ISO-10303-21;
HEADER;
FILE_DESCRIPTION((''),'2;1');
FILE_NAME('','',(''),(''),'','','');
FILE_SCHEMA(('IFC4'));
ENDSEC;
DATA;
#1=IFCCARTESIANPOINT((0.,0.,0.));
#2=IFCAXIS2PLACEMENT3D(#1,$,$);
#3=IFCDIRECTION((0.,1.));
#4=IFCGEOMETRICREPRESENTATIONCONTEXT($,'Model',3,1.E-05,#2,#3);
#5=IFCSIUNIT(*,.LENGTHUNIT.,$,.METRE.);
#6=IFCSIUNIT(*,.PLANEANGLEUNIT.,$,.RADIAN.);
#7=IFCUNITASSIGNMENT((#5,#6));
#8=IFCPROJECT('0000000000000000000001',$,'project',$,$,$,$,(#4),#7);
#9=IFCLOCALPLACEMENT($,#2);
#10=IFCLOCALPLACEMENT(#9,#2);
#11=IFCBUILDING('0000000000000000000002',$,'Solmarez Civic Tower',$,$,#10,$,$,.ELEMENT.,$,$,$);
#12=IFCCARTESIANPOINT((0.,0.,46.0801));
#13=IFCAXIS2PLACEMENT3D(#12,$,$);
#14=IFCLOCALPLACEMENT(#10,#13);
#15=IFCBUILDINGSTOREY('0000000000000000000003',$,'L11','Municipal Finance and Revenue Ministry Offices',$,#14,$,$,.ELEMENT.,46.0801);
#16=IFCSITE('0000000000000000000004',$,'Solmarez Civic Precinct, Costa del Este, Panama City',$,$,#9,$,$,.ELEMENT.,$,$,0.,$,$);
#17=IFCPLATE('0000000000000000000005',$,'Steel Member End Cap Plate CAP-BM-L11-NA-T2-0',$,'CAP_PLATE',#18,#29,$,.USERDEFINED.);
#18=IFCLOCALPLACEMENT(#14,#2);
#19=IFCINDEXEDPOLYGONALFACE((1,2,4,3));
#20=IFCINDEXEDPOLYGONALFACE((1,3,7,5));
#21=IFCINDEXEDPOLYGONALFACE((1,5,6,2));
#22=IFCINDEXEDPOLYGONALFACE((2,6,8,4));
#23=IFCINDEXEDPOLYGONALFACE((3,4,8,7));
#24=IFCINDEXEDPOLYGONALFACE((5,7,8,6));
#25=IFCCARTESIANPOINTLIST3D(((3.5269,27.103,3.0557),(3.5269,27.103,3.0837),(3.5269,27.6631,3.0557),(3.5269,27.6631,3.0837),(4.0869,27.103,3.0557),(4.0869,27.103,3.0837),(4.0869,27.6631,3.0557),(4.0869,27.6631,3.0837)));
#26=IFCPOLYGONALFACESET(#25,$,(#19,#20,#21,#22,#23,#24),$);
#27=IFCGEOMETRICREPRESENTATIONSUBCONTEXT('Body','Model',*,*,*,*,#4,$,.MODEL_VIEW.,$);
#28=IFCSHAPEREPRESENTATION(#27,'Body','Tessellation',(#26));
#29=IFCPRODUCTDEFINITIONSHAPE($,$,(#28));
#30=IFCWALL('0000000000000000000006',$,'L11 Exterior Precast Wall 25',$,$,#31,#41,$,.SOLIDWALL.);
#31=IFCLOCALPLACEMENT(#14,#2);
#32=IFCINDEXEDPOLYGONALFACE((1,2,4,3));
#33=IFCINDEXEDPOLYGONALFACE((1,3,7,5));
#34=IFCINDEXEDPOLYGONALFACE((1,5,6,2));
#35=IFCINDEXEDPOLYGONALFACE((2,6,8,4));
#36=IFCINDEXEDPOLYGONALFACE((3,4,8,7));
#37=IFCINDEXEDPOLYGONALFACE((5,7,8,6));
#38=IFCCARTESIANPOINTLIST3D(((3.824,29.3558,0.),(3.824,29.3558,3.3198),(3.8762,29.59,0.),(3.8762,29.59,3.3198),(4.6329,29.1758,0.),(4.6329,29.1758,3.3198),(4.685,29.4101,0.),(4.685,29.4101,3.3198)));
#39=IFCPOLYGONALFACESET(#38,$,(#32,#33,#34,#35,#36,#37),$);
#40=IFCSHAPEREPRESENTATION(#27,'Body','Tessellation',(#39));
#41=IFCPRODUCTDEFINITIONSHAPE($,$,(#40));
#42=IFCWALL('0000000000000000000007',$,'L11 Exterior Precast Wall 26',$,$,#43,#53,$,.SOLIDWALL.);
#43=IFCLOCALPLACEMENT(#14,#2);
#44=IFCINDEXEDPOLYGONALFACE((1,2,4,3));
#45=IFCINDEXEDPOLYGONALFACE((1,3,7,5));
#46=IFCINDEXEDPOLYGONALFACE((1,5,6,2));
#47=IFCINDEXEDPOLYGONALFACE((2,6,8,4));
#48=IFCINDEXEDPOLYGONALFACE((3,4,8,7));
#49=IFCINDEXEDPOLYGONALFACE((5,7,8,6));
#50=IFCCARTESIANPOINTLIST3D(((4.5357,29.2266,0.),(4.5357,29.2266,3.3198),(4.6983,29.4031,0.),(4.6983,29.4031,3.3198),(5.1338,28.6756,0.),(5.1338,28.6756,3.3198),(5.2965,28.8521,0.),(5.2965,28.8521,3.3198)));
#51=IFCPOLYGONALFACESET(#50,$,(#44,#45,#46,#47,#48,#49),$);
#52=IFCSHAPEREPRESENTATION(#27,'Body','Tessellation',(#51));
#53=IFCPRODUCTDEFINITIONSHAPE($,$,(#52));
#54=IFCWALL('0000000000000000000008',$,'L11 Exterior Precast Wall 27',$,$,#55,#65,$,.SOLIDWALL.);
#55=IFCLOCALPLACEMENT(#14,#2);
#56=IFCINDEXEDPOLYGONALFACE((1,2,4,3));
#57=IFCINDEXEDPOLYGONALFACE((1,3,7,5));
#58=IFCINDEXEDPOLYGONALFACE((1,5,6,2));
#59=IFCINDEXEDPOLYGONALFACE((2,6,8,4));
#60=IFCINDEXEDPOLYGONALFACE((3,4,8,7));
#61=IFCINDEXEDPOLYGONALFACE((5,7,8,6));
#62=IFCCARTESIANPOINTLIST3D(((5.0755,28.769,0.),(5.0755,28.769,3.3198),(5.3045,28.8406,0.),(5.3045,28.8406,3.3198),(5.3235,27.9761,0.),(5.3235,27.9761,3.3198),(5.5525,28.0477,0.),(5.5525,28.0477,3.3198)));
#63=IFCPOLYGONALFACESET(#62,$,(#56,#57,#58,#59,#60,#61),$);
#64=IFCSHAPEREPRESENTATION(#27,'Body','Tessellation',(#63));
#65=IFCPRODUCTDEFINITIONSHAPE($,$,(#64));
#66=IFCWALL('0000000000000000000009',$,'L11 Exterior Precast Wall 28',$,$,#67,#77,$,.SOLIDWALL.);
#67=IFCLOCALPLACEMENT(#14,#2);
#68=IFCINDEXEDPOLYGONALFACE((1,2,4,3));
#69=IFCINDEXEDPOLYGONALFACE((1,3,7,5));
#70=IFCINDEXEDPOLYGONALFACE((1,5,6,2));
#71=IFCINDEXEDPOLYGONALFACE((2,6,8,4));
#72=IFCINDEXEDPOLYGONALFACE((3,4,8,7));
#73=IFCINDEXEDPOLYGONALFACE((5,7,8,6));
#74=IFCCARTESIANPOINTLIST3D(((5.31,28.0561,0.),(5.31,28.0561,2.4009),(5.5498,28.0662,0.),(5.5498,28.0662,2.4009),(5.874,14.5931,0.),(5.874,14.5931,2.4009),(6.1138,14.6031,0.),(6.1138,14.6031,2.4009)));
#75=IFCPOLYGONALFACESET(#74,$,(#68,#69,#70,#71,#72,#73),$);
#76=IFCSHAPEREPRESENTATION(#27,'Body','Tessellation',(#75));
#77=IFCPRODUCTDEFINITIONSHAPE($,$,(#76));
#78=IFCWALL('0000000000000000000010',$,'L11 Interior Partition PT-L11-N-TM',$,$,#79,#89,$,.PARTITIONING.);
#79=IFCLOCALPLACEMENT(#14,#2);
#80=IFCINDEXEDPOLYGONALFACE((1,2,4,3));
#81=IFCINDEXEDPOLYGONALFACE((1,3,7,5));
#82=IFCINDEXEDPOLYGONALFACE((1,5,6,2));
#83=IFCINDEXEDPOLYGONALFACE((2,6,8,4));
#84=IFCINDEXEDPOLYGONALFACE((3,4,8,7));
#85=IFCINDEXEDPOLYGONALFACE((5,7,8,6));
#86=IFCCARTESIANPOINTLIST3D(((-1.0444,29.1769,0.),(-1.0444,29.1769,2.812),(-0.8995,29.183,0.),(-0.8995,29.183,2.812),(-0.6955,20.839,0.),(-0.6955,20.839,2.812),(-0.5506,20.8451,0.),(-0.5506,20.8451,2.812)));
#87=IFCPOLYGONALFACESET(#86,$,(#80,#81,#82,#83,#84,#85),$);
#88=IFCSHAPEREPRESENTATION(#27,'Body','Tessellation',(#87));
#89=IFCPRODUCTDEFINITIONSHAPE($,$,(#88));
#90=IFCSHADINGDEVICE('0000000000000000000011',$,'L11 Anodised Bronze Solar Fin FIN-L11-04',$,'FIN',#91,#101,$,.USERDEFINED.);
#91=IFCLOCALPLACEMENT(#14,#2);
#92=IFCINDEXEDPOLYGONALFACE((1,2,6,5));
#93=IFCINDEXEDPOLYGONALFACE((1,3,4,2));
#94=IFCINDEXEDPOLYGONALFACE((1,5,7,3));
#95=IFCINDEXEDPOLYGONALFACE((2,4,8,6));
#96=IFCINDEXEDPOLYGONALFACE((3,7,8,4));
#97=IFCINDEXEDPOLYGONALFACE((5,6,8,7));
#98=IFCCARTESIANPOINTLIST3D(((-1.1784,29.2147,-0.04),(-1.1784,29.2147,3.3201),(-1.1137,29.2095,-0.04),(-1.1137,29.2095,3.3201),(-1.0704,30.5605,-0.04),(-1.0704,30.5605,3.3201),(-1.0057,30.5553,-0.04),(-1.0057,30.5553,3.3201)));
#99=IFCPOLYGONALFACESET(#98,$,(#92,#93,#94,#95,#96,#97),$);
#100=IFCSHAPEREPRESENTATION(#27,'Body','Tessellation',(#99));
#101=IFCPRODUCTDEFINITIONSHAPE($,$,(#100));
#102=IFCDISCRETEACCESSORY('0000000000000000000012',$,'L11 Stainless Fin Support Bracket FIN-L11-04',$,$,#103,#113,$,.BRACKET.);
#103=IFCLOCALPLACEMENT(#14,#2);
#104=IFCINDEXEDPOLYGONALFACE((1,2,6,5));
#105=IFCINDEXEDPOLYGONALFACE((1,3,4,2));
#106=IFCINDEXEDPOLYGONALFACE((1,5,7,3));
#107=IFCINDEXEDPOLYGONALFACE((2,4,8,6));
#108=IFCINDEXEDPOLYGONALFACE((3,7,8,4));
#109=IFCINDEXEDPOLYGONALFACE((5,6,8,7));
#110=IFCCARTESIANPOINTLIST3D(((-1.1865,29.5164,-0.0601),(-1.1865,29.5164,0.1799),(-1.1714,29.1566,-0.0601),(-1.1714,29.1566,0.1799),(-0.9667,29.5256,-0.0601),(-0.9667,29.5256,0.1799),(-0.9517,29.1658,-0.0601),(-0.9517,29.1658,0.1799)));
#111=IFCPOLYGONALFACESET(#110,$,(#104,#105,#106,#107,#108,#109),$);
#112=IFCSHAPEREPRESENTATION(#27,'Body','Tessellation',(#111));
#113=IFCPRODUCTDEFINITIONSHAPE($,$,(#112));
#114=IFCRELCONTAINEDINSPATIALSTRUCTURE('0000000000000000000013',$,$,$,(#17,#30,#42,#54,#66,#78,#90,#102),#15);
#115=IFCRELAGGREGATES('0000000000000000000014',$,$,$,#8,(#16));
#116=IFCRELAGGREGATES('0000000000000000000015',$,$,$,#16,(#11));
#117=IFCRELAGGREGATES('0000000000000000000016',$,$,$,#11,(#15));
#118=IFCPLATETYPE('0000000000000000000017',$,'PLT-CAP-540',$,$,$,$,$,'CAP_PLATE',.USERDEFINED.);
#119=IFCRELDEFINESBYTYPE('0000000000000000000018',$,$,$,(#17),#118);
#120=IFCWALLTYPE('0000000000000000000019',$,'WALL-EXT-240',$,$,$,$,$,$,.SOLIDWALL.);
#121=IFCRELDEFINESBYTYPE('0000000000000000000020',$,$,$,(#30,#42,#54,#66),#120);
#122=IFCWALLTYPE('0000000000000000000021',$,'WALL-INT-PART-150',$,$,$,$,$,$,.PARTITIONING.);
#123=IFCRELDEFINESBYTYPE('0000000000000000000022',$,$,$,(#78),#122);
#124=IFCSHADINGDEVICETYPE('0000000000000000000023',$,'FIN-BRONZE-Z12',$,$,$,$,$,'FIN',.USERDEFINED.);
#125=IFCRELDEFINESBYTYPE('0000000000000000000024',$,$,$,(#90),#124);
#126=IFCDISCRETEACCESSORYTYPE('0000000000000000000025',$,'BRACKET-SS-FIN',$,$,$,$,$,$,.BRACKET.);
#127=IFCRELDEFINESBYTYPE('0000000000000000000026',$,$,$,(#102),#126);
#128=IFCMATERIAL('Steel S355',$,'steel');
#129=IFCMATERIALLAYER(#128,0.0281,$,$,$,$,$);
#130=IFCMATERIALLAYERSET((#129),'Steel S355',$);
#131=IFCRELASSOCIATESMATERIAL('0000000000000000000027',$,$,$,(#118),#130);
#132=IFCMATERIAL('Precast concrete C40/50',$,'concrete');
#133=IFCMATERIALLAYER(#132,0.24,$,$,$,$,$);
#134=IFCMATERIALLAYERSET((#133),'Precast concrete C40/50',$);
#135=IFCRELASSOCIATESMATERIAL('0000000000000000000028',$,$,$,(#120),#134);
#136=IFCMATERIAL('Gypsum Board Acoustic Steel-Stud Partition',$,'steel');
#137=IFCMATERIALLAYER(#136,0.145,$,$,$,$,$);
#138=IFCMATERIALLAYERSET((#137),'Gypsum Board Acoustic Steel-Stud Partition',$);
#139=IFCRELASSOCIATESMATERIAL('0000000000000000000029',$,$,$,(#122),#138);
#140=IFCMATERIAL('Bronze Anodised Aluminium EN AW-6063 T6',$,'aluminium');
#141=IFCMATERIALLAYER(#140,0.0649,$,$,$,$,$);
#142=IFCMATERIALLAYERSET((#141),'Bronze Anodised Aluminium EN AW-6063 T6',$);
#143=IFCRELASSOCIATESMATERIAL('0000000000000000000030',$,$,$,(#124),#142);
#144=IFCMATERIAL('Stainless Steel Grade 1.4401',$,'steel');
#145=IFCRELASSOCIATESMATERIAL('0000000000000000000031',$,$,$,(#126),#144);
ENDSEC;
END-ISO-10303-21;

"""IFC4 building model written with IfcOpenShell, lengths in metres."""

from ifc_helpers import new_model, si_unit, direction, frame, frame_2d, origin, origin_2d, place, context, subcontext, project, spatial, rectangle, extrude, material, layer, layer_set, type_object, element, save


model = new_model("IFC4")

# Units and contexts
model_context = context("Model", 3, precision=1e-05, world=origin(), true_north=direction((0.0, 1.0)))
body_context = subcontext(model_context, "Body", "Model", "MODEL_VIEW")
ifc_project = project(units=[si_unit("LENGTHUNIT", "METRE"), si_unit("PLANEANGLEUNIT", "RADIAN")], contexts=[model_context])

# Site, building, storey
site_placement = place(None, origin())
site = spatial("IfcSite", under=ifc_project, at=site_placement, Name="Solmarez Civic Precinct, Costa del Este, Panama City", CompositionType="ELEMENT", RefElevation=0.0)
building_placement = place(site_placement, origin())
building = spatial("IfcBuilding", under=site, at=building_placement, Name="Solmarez Civic Tower", CompositionType="ELEMENT")
storey_placement = place(building_placement, frame((0.0, 0.0, 46.0801)))
storey = spatial("IfcBuildingStorey", under=building, at=storey_placement, Name="L11", Description="Municipal Finance and Revenue Ministry Offices", CompositionType="ELEMENT", Elevation=46.0801)

# Shared definitions
ifc_material_1 = material(Name="Steel S355", Category="steel")

# Shared definitions
ifc_material_2 = material(Name="Bronze Anodised Aluminium EN AW-6063 T6", Category="aluminium")

# Plate
ifc_layer_1 = layer(ifc_material_1, 0.0281)
ifc_layer_set_1 = layer_set([ifc_layer_1], Name="Steel S355")
plate_type_1 = type_object("IfcPlateType", Name="PLT-CAP-540", ElementType="CAP_PLATE", PredefinedType="USERDEFINED", material=ifc_layer_set_1)
plate_1_placement = place(storey_placement, frame((3.8069, 27.3831, 3.0557), z_axis=(0.0, 0.0, 1.0), x_axis=(1.0, 0.0, 0.0)))
element("IfcPlate", 1, at=plate_1_placement, inside=storey, type_object=plate_type_1, Name="Steel Member End Cap Plate CAP-BM-L11-NA-T2-0", ObjectType="CAP_PLATE", PredefinedType="USERDEFINED", context=body_context, shape_type="SweptSolid", body=[
    extrude(rectangle(XDim=0.5601, YDim=0.5601, at=origin_2d()), origin(), (0.0, 0.0, 1.0), 0.0281),
])

# Walls
ifc_material_3 = material(Name="Precast concrete C40/50", Category="concrete")
ifc_layer_2 = layer(ifc_material_3, 0.24)
ifc_layer_set_2 = layer_set([ifc_layer_2], Name="Precast concrete C40/50")
wall_type_1 = type_object("IfcWallType", Name="WALL-EXT-240", PredefinedType="SOLIDWALL", material=ifc_layer_set_2)
wall_1_placement = place(storey_placement, frame((3.8501, 29.4729, 0.0), z_axis=(0.0, 0.0, 1.0), x_axis=(0.976139, -0.217149, 0.0)))
element("IfcWall", 2, at=wall_1_placement, inside=storey, type_object=wall_type_1, Name="L11 Exterior Precast Wall 25", PredefinedType="SOLIDWALL", context=body_context, shape_type="SweptSolid", body=[
    extrude(rectangle(XDim=0.8286, YDim=0.24, at=frame_2d((0.4143, 0.0))), origin(), (0.0, 0.0, 1.0), 3.3198),
])
wall_2_placement = place(storey_placement, frame((4.6169, 29.3149, 0.0), z_axis=(0.0, 0.0, 1.0), x_axis=(0.735482, -0.677544, 0.0)))
element("IfcWall", 3, at=wall_2_placement, inside=storey, type_object=wall_type_1, Name="L11 Exterior Precast Wall 26", PredefinedType="SOLIDWALL", context=body_context, shape_type="SweptSolid", body=[
    extrude(rectangle(XDim=0.8132, YDim=0.24, at=frame_2d((0.4067, 0.0))), origin(), (0.0, 0.0, 1.0), 3.3198),
])
wall_3_placement = place(storey_placement, frame((5.1899, 28.8049, 0.0), z_axis=(0.0, 0.0, 1.0), x_axis=(0.298543, -0.954396, 0.0)))
element("IfcWall", 4, at=wall_3_placement, inside=storey, type_object=wall_type_1, Name="L11 Exterior Precast Wall 27", PredefinedType="SOLIDWALL", context=body_context, shape_type="SweptSolid", body=[
    extrude(rectangle(XDim=0.8308, YDim=0.24, at=frame_2d((0.4155, 0.0))), origin(), (0.0, 0.0, 1.0), 3.3198),
])
wall_4_placement = place(storey_placement, frame((5.4299, 28.061, 0.0), z_axis=(0.0, 0.0, 1.0), x_axis=(0.041853, -0.999124, 0.0)))
element("IfcWall", 5, at=wall_4_placement, inside=storey, type_object=wall_type_1, Name="L11 Exterior Precast Wall 28", PredefinedType="SOLIDWALL", context=body_context, shape_type="SweptSolid", body=[
    extrude(rectangle(XDim=13.4749, YDim=0.24, at=frame_2d((6.7373, 0.0))), origin(), (0.0, 0.0, 1.0), 2.4009),
])
ifc_material_4 = material(Name="Gypsum Board Acoustic Steel-Stud Partition", Category="steel")
ifc_layer_3 = layer(ifc_material_4, 0.145)
ifc_layer_set_3 = layer_set([ifc_layer_3], Name="Gypsum Board Acoustic Steel-Stud Partition")
wall_type_2 = type_object("IfcWallType", Name="WALL-INT-PART-150", PredefinedType="PARTITIONING", material=ifc_layer_set_3)
wall_5_placement = place(storey_placement, frame((-0.623, 20.842, 0.0), z_axis=(0.0, 0.0, 1.0), x_axis=(-0.041806, 0.999126, 0.0)))
element("IfcWall", 6, at=wall_5_placement, inside=storey, type_object=wall_type_2, Name="L11 Interior Partition PT-L11-N-TM", PredefinedType="PARTITIONING", context=body_context, shape_type="SweptSolid", body=[
    extrude(rectangle(XDim=8.3452, YDim=0.145, at=frame_2d((4.1726, 0.0))), origin(), (0.0, 0.0, 1.0), 2.812),
])

# Shading device
ifc_layer_4 = layer(ifc_material_2, 0.0649)
ifc_layer_set_4 = layer_set([ifc_layer_4], Name="Bronze Anodised Aluminium EN AW-6063 T6")
shading_device_type = type_object("IfcShadingDeviceType", Name="FIN-BRONZE-Z12", ElementType="FIN", PredefinedType="USERDEFINED", material=ifc_layer_set_4)
shading_device_placement = place(storey_placement, frame((-1.092, 29.885, -0.04), z_axis=(0.0, 0.0, 1.0), x_axis=(0.080025, 0.996793, 0.0)))
element("IfcShadingDevice", 7, at=shading_device_placement, inside=storey, type_object=shading_device_type, Name="L11 Anodised Bronze Solar Fin FIN-L11-04", ObjectType="FIN", PredefinedType="USERDEFINED", context=body_context, shape_type="SweptSolid", body=[
    extrude(rectangle(XDim=1.3501, YDim=0.0649, at=origin_2d()), origin(), (0.0, 0.0, 1.0), 3.3601),
])

# Discrete accessory
ifc_material_5 = material(Name="Stainless Steel Grade 1.4401", Category="steel")
discrete_accessory_type = type_object("IfcDiscreteAccessoryType", Name="BRACKET-SS-FIN", PredefinedType="BRACKET", material=ifc_material_5)
discrete_accessory_placement = place(storey_placement, frame((-1.0691, 29.3411, -0.0601), z_axis=(0.0, 0.0, 1.0), x_axis=(-0.041866, 0.999123, 0.0)))
element("IfcDiscreteAccessory", 8, at=discrete_accessory_placement, inside=storey, type_object=discrete_accessory_type, Name="L11 Stainless Fin Support Bracket FIN-L11-04", PredefinedType="BRACKET", context=body_context, shape_type="SweptSolid", body=[
    extrude(rectangle(XDim=0.3601, YDim=0.22, at=origin_2d()), origin(), (0.0, 0.0, 1.0), 0.24),
])

save(model, "model.ifc")
